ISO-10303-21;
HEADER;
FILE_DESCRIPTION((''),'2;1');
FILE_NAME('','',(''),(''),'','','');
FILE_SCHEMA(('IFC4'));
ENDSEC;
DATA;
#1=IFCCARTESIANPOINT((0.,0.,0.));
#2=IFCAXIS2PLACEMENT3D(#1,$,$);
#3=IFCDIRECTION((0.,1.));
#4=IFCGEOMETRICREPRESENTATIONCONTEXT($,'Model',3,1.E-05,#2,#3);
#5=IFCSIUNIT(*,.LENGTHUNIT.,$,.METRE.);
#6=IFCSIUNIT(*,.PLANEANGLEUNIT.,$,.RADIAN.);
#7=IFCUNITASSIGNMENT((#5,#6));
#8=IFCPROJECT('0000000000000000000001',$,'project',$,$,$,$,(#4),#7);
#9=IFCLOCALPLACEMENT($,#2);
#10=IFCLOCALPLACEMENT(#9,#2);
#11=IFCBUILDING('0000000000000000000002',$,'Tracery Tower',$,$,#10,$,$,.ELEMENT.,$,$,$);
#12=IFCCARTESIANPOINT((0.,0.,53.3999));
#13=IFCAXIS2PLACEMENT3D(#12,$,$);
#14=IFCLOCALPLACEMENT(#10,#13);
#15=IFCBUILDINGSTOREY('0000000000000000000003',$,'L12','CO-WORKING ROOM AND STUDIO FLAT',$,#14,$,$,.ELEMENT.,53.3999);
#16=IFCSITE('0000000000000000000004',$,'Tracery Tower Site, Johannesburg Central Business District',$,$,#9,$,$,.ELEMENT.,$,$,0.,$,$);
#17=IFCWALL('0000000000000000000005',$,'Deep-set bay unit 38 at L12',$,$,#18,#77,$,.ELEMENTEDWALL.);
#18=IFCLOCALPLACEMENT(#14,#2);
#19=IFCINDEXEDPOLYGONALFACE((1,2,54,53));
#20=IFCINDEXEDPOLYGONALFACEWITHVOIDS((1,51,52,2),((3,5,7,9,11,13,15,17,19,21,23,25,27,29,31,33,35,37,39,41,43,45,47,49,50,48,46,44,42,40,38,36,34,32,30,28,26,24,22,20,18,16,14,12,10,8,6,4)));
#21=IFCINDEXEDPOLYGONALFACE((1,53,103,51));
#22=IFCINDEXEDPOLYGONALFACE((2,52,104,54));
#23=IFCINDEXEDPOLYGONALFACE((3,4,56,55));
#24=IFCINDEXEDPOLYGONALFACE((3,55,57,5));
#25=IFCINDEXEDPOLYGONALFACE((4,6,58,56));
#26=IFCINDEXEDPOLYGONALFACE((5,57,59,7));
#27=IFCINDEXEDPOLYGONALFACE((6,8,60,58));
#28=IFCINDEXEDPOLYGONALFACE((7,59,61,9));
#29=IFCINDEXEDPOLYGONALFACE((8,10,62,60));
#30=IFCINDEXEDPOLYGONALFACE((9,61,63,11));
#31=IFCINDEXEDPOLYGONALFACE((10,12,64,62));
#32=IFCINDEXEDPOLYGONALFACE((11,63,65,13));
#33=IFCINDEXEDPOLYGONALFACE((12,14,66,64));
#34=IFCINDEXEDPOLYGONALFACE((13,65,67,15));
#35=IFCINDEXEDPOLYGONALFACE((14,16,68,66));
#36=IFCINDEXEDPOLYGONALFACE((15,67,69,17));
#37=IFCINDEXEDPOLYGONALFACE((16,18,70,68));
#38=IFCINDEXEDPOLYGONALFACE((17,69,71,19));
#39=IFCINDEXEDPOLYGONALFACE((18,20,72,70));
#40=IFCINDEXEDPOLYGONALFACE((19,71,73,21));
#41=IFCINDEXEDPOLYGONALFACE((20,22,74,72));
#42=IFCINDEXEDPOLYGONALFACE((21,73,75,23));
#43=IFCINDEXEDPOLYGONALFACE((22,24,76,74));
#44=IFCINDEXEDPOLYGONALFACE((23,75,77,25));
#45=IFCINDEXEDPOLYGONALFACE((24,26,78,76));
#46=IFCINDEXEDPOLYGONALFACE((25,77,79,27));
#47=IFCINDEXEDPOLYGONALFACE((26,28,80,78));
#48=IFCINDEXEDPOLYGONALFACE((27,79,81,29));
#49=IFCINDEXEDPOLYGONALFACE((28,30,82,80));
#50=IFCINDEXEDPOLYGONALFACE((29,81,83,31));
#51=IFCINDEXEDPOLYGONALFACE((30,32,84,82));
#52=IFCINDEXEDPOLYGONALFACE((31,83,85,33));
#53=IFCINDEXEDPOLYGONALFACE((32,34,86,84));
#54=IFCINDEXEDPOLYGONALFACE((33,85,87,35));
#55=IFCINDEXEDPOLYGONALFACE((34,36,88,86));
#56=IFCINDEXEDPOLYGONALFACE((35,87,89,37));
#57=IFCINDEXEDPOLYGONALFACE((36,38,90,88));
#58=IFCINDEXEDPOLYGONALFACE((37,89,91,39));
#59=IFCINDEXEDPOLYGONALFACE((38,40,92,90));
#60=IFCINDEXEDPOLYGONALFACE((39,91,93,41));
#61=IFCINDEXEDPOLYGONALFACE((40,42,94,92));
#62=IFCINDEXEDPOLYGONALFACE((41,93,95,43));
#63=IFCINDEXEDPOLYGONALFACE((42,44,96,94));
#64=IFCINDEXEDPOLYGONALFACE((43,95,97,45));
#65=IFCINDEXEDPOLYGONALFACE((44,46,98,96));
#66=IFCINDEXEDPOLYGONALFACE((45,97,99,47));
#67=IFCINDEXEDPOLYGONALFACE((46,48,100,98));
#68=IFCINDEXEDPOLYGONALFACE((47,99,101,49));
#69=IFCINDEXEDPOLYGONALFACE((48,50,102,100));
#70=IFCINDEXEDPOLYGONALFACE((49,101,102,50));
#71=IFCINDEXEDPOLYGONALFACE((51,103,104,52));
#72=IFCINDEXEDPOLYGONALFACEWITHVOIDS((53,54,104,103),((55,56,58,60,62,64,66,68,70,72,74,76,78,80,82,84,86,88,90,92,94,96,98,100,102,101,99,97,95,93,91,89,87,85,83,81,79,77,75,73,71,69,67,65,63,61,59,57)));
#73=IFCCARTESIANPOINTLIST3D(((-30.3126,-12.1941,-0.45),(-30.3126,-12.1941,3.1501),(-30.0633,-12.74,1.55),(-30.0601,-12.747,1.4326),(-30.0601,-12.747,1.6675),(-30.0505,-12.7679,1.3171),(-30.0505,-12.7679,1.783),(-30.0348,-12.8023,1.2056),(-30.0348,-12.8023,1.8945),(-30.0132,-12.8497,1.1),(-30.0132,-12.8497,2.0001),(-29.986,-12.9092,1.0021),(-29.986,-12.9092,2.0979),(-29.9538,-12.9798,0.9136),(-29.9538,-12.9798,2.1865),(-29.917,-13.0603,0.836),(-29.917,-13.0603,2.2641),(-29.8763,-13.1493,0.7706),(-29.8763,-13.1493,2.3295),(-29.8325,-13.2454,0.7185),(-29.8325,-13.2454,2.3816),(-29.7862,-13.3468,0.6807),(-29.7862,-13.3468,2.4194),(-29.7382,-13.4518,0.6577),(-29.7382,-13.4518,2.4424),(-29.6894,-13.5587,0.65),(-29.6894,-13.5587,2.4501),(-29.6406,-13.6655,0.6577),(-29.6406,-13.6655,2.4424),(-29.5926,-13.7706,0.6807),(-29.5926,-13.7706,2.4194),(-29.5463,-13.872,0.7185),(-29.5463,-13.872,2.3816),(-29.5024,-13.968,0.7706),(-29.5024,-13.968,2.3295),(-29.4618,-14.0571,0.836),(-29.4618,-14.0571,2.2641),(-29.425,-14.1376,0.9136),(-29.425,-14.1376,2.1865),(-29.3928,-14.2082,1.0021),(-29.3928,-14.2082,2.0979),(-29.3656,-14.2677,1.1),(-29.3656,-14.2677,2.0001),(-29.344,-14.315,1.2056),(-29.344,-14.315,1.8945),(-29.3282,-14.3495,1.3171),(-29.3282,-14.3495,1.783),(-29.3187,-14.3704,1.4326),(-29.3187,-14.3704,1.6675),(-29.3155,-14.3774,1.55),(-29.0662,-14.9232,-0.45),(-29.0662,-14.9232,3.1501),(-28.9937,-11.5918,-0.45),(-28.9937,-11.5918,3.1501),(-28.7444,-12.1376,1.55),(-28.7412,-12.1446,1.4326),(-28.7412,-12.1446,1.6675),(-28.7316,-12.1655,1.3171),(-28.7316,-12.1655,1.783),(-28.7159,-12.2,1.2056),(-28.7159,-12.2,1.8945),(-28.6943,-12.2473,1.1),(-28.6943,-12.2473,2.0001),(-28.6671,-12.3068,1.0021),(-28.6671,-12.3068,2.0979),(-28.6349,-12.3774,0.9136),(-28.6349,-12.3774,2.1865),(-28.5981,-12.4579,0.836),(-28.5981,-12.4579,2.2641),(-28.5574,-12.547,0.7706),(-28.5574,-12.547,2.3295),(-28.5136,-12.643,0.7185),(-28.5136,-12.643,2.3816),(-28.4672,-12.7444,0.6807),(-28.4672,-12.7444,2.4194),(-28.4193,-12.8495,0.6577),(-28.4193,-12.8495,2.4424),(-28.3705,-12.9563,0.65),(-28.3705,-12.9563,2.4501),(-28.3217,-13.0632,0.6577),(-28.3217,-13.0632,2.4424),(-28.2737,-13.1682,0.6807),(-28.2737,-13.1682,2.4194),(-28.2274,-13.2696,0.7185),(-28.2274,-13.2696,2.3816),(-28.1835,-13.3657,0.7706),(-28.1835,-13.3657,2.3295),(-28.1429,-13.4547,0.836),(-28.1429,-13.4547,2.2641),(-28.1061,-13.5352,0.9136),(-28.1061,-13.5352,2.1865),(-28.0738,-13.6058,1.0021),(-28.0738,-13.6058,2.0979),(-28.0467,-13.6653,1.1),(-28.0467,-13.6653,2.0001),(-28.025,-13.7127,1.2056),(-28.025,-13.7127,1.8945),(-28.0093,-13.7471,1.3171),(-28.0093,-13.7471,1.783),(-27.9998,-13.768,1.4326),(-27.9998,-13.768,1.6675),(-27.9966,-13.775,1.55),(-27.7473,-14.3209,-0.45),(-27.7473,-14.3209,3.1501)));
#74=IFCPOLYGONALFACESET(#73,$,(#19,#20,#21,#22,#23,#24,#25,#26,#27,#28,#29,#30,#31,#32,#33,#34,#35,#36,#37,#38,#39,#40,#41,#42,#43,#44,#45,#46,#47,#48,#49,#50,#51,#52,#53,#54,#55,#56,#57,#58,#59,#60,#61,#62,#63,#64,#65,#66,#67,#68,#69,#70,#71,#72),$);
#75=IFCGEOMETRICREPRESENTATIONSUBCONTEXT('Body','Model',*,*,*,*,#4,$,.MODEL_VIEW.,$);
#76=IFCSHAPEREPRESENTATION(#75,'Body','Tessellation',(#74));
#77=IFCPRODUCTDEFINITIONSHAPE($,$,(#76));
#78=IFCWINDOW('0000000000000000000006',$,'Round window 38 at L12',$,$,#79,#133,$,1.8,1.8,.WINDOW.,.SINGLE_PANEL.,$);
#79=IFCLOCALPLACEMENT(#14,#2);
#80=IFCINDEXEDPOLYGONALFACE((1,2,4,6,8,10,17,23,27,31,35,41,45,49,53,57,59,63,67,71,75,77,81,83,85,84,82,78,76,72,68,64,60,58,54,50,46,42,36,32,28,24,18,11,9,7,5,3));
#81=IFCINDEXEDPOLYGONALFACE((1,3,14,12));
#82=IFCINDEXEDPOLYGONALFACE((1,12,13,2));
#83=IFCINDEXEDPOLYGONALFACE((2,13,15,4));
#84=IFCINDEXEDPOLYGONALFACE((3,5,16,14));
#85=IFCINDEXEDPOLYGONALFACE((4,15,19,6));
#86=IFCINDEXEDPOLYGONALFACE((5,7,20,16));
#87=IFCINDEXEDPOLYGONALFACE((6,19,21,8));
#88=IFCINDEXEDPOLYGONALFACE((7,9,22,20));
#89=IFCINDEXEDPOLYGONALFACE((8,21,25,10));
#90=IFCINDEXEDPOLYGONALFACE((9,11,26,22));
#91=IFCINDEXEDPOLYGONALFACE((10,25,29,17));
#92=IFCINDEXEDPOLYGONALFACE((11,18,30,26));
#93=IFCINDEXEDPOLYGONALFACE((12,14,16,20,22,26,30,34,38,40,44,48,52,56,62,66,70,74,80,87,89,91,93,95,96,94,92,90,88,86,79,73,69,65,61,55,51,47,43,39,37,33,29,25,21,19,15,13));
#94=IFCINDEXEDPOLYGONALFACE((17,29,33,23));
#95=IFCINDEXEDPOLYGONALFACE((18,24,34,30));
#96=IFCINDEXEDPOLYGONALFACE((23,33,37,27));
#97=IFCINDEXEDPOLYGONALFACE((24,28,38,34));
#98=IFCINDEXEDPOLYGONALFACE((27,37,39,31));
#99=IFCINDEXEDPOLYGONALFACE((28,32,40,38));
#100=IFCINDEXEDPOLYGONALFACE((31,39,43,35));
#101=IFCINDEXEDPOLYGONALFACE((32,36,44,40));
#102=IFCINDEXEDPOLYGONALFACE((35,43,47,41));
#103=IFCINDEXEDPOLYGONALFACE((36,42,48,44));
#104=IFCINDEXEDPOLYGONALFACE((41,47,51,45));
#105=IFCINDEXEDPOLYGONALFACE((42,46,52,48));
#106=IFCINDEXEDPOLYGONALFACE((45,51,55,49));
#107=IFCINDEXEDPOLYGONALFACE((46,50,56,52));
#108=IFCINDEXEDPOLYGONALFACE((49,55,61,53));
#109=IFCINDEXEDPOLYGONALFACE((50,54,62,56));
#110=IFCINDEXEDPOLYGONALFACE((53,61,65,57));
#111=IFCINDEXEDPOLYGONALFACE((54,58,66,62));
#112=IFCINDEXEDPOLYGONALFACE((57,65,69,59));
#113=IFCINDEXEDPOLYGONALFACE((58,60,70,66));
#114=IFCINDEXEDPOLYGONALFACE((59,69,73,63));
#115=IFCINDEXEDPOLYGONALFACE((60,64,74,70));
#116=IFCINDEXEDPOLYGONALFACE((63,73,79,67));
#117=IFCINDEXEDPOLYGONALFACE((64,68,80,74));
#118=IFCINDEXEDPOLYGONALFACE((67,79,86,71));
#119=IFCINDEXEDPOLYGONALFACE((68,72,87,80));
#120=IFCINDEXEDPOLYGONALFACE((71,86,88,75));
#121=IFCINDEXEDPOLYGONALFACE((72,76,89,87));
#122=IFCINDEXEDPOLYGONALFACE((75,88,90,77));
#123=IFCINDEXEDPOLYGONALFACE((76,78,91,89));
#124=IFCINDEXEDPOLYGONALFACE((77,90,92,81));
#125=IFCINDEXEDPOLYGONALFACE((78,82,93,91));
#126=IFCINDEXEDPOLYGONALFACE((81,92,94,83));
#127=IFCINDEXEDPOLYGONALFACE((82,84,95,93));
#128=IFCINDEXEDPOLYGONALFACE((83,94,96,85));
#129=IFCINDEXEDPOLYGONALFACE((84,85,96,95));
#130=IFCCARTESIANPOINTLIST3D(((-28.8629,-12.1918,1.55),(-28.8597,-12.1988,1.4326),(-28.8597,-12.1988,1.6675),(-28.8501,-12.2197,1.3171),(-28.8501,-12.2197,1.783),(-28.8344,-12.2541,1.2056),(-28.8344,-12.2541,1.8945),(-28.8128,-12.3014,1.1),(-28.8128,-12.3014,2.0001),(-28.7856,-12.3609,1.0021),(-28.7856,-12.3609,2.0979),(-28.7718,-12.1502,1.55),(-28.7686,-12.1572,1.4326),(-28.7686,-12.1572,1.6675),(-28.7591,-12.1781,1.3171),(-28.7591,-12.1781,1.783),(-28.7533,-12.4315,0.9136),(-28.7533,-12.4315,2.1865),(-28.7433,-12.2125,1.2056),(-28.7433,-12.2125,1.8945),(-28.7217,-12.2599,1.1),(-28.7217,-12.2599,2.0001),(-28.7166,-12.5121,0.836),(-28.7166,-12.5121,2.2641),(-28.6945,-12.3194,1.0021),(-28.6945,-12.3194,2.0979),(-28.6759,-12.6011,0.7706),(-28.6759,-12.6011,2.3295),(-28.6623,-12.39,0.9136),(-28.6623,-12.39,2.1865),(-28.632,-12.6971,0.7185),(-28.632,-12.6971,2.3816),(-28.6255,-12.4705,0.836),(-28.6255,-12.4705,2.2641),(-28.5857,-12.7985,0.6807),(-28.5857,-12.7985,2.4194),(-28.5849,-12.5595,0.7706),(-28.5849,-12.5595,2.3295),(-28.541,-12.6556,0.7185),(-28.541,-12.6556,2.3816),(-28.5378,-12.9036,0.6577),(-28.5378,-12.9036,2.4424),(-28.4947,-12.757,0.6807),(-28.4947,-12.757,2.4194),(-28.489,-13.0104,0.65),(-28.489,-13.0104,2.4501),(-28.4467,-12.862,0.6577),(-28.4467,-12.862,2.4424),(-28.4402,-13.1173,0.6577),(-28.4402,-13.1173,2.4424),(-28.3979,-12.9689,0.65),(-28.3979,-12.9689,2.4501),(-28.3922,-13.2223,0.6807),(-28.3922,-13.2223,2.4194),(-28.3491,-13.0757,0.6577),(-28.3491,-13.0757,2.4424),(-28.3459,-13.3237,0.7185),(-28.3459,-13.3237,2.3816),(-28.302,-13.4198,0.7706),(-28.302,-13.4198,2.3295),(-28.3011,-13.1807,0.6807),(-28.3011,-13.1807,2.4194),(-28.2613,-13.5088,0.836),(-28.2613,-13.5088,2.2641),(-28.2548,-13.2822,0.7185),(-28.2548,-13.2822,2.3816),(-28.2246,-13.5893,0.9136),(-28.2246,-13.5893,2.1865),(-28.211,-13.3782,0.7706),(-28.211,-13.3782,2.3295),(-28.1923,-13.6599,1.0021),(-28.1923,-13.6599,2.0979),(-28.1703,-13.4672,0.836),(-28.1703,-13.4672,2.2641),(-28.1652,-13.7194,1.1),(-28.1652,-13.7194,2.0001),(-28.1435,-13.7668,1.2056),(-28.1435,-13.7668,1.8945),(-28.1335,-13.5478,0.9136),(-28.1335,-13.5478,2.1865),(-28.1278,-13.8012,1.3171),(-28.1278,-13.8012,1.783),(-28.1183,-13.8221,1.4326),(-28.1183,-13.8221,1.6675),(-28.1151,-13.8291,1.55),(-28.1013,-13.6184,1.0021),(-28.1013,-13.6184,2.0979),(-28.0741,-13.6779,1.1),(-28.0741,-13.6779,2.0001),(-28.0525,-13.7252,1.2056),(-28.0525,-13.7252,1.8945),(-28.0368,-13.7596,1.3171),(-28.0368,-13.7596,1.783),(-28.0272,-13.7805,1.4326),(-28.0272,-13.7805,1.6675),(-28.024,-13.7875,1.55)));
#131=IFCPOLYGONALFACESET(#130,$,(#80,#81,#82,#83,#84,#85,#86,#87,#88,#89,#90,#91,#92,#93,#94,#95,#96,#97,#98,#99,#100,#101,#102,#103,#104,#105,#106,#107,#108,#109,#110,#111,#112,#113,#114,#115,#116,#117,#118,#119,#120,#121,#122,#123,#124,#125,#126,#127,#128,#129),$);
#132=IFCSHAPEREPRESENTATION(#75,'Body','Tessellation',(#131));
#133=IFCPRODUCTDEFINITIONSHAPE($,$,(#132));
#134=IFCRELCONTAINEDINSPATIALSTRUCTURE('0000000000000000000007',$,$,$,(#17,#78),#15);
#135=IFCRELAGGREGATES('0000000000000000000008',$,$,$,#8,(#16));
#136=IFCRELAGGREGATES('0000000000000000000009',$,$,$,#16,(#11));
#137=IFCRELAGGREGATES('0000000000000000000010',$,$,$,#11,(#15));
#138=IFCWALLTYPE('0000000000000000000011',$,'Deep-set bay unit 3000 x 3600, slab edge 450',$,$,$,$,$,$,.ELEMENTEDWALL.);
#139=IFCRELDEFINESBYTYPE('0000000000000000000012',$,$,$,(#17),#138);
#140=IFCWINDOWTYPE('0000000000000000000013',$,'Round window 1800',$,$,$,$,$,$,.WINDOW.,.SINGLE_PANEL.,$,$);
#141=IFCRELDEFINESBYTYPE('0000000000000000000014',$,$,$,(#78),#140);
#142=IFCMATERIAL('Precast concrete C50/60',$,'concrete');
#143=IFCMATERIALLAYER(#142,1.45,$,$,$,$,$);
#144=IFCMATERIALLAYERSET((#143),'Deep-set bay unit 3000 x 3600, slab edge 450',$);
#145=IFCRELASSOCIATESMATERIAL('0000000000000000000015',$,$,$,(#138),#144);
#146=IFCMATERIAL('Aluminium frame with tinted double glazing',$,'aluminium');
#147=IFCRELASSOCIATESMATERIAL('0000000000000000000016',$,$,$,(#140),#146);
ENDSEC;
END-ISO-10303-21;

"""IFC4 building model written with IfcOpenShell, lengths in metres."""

from ifc_helpers import new_model, si_unit, direction, frame, frame_2d, origin, origin_2d, place, context, subcontext, project, spatial, rectangle, circle, extrude, material, layer, layer_set, type_object, element, fill, save


model = new_model("IFC4")

# Units and contexts
model_context = context("Model", 3, precision=1e-05, world=origin(), true_north=direction((0.0, 1.0)))
body_context = subcontext(model_context, "Body", "Model", "MODEL_VIEW")
ifc_project = project(units=[si_unit("LENGTHUNIT", "METRE"), si_unit("PLANEANGLEUNIT", "RADIAN")], contexts=[model_context])

# Site, building, storey
site_placement = place(None, origin())
site = spatial("IfcSite", under=ifc_project, at=site_placement, Name="Tracery Tower Site, Johannesburg Central Business District", CompositionType="ELEMENT", RefElevation=0.0)
building_placement = place(site_placement, origin())
building = spatial("IfcBuilding", under=site, at=building_placement, Name="Tracery Tower", CompositionType="ELEMENT")
storey_placement = place(building_placement, frame((0.0, 0.0, 53.3999)))
storey = spatial("IfcBuildingStorey", under=building, at=storey_placement, Name="L12", Description="CO-WORKING ROOM AND STUDIO FLAT", CompositionType="ELEMENT", Elevation=53.3999)

# Wall, opening, window
ifc_material_1 = material(Name="Precast concrete C50/60", Category="concrete")
ifc_layer_1 = layer(ifc_material_1, 1.45)
ifc_layer_set_1 = layer_set([ifc_layer_1], Name="Deep-set bay unit 3000 x 3600, slab edge 450")
wall_type_1 = type_object("IfcWallType", Name="Deep-set bay unit 3000 x 3600, slab edge 450", PredefinedType="ELEMENTEDWALL", material=ifc_layer_set_1)
ifc_material_2 = material(Name="Aluminium frame with tinted double glazing", Category="aluminium")
window_type = type_object("IfcWindowType", Name="Round window 1800", PartitioningType="SINGLE_PANEL", PredefinedType="WINDOW", material=ifc_material_2)
wall_1_placement = place(storey_placement, frame((-29.6531, -11.8931, -0.45), z_axis=(0.0, 0.0, 1.0), x_axis=(0.415427, -0.909627, 0.0)))
wall_1 = element("IfcWall", 1, at=wall_1_placement, inside=storey, type_object=wall_type_1, Name="Deep-set bay unit 38 at L12", PredefinedType="ELEMENTEDWALL", context=body_context, shape_type="SweptSolid", body=[
    extrude(rectangle(XDim=3.0002, YDim=1.45, at=frame_2d((1.5, 0.0))), origin(), (0.0, 0.0, 1.0), 3.6001),
])
opening_1_placement = place(wall_1_placement, frame((1.5, 0.0, 2.0)))
opening_1 = element("IfcOpeningElement", 2, at=opening_1_placement, cuts=wall_1, PredefinedType="OPENING", context=body_context, shape_type="SweptSolid", body=[
    extrude(circle(Radius=0.9, at=origin_2d()), frame((0.0, 0.7349, 0.0), z_axis=(0.0, -1.0, 0.0), x_axis=(1.0, 0.0, 0.0)), (0.0, 0.0, 1.0), 1.47),
])
window_1_placement = place(opening_1_placement, origin())
window_1 = element("IfcWindow", 3, at=window_1_placement, inside=storey, type_object=window_type, Name="Round window 38 at L12", OverallHeight=1.8, OverallWidth=1.8, PartitioningType="SINGLE_PANEL", PredefinedType="WINDOW", context=body_context, shape_type="SweptSolid", body=[
    extrude(circle(Radius=0.9, at=origin_2d()), frame((0.0, 0.6948, 0.0), z_axis=(0.0, -1.0, 0.0), x_axis=(1.0, 0.0, 0.0)), (0.0, 0.0, 1.0), 0.1001),
])
fill(opening_1, window_1)

save(model, "model.ifc")
